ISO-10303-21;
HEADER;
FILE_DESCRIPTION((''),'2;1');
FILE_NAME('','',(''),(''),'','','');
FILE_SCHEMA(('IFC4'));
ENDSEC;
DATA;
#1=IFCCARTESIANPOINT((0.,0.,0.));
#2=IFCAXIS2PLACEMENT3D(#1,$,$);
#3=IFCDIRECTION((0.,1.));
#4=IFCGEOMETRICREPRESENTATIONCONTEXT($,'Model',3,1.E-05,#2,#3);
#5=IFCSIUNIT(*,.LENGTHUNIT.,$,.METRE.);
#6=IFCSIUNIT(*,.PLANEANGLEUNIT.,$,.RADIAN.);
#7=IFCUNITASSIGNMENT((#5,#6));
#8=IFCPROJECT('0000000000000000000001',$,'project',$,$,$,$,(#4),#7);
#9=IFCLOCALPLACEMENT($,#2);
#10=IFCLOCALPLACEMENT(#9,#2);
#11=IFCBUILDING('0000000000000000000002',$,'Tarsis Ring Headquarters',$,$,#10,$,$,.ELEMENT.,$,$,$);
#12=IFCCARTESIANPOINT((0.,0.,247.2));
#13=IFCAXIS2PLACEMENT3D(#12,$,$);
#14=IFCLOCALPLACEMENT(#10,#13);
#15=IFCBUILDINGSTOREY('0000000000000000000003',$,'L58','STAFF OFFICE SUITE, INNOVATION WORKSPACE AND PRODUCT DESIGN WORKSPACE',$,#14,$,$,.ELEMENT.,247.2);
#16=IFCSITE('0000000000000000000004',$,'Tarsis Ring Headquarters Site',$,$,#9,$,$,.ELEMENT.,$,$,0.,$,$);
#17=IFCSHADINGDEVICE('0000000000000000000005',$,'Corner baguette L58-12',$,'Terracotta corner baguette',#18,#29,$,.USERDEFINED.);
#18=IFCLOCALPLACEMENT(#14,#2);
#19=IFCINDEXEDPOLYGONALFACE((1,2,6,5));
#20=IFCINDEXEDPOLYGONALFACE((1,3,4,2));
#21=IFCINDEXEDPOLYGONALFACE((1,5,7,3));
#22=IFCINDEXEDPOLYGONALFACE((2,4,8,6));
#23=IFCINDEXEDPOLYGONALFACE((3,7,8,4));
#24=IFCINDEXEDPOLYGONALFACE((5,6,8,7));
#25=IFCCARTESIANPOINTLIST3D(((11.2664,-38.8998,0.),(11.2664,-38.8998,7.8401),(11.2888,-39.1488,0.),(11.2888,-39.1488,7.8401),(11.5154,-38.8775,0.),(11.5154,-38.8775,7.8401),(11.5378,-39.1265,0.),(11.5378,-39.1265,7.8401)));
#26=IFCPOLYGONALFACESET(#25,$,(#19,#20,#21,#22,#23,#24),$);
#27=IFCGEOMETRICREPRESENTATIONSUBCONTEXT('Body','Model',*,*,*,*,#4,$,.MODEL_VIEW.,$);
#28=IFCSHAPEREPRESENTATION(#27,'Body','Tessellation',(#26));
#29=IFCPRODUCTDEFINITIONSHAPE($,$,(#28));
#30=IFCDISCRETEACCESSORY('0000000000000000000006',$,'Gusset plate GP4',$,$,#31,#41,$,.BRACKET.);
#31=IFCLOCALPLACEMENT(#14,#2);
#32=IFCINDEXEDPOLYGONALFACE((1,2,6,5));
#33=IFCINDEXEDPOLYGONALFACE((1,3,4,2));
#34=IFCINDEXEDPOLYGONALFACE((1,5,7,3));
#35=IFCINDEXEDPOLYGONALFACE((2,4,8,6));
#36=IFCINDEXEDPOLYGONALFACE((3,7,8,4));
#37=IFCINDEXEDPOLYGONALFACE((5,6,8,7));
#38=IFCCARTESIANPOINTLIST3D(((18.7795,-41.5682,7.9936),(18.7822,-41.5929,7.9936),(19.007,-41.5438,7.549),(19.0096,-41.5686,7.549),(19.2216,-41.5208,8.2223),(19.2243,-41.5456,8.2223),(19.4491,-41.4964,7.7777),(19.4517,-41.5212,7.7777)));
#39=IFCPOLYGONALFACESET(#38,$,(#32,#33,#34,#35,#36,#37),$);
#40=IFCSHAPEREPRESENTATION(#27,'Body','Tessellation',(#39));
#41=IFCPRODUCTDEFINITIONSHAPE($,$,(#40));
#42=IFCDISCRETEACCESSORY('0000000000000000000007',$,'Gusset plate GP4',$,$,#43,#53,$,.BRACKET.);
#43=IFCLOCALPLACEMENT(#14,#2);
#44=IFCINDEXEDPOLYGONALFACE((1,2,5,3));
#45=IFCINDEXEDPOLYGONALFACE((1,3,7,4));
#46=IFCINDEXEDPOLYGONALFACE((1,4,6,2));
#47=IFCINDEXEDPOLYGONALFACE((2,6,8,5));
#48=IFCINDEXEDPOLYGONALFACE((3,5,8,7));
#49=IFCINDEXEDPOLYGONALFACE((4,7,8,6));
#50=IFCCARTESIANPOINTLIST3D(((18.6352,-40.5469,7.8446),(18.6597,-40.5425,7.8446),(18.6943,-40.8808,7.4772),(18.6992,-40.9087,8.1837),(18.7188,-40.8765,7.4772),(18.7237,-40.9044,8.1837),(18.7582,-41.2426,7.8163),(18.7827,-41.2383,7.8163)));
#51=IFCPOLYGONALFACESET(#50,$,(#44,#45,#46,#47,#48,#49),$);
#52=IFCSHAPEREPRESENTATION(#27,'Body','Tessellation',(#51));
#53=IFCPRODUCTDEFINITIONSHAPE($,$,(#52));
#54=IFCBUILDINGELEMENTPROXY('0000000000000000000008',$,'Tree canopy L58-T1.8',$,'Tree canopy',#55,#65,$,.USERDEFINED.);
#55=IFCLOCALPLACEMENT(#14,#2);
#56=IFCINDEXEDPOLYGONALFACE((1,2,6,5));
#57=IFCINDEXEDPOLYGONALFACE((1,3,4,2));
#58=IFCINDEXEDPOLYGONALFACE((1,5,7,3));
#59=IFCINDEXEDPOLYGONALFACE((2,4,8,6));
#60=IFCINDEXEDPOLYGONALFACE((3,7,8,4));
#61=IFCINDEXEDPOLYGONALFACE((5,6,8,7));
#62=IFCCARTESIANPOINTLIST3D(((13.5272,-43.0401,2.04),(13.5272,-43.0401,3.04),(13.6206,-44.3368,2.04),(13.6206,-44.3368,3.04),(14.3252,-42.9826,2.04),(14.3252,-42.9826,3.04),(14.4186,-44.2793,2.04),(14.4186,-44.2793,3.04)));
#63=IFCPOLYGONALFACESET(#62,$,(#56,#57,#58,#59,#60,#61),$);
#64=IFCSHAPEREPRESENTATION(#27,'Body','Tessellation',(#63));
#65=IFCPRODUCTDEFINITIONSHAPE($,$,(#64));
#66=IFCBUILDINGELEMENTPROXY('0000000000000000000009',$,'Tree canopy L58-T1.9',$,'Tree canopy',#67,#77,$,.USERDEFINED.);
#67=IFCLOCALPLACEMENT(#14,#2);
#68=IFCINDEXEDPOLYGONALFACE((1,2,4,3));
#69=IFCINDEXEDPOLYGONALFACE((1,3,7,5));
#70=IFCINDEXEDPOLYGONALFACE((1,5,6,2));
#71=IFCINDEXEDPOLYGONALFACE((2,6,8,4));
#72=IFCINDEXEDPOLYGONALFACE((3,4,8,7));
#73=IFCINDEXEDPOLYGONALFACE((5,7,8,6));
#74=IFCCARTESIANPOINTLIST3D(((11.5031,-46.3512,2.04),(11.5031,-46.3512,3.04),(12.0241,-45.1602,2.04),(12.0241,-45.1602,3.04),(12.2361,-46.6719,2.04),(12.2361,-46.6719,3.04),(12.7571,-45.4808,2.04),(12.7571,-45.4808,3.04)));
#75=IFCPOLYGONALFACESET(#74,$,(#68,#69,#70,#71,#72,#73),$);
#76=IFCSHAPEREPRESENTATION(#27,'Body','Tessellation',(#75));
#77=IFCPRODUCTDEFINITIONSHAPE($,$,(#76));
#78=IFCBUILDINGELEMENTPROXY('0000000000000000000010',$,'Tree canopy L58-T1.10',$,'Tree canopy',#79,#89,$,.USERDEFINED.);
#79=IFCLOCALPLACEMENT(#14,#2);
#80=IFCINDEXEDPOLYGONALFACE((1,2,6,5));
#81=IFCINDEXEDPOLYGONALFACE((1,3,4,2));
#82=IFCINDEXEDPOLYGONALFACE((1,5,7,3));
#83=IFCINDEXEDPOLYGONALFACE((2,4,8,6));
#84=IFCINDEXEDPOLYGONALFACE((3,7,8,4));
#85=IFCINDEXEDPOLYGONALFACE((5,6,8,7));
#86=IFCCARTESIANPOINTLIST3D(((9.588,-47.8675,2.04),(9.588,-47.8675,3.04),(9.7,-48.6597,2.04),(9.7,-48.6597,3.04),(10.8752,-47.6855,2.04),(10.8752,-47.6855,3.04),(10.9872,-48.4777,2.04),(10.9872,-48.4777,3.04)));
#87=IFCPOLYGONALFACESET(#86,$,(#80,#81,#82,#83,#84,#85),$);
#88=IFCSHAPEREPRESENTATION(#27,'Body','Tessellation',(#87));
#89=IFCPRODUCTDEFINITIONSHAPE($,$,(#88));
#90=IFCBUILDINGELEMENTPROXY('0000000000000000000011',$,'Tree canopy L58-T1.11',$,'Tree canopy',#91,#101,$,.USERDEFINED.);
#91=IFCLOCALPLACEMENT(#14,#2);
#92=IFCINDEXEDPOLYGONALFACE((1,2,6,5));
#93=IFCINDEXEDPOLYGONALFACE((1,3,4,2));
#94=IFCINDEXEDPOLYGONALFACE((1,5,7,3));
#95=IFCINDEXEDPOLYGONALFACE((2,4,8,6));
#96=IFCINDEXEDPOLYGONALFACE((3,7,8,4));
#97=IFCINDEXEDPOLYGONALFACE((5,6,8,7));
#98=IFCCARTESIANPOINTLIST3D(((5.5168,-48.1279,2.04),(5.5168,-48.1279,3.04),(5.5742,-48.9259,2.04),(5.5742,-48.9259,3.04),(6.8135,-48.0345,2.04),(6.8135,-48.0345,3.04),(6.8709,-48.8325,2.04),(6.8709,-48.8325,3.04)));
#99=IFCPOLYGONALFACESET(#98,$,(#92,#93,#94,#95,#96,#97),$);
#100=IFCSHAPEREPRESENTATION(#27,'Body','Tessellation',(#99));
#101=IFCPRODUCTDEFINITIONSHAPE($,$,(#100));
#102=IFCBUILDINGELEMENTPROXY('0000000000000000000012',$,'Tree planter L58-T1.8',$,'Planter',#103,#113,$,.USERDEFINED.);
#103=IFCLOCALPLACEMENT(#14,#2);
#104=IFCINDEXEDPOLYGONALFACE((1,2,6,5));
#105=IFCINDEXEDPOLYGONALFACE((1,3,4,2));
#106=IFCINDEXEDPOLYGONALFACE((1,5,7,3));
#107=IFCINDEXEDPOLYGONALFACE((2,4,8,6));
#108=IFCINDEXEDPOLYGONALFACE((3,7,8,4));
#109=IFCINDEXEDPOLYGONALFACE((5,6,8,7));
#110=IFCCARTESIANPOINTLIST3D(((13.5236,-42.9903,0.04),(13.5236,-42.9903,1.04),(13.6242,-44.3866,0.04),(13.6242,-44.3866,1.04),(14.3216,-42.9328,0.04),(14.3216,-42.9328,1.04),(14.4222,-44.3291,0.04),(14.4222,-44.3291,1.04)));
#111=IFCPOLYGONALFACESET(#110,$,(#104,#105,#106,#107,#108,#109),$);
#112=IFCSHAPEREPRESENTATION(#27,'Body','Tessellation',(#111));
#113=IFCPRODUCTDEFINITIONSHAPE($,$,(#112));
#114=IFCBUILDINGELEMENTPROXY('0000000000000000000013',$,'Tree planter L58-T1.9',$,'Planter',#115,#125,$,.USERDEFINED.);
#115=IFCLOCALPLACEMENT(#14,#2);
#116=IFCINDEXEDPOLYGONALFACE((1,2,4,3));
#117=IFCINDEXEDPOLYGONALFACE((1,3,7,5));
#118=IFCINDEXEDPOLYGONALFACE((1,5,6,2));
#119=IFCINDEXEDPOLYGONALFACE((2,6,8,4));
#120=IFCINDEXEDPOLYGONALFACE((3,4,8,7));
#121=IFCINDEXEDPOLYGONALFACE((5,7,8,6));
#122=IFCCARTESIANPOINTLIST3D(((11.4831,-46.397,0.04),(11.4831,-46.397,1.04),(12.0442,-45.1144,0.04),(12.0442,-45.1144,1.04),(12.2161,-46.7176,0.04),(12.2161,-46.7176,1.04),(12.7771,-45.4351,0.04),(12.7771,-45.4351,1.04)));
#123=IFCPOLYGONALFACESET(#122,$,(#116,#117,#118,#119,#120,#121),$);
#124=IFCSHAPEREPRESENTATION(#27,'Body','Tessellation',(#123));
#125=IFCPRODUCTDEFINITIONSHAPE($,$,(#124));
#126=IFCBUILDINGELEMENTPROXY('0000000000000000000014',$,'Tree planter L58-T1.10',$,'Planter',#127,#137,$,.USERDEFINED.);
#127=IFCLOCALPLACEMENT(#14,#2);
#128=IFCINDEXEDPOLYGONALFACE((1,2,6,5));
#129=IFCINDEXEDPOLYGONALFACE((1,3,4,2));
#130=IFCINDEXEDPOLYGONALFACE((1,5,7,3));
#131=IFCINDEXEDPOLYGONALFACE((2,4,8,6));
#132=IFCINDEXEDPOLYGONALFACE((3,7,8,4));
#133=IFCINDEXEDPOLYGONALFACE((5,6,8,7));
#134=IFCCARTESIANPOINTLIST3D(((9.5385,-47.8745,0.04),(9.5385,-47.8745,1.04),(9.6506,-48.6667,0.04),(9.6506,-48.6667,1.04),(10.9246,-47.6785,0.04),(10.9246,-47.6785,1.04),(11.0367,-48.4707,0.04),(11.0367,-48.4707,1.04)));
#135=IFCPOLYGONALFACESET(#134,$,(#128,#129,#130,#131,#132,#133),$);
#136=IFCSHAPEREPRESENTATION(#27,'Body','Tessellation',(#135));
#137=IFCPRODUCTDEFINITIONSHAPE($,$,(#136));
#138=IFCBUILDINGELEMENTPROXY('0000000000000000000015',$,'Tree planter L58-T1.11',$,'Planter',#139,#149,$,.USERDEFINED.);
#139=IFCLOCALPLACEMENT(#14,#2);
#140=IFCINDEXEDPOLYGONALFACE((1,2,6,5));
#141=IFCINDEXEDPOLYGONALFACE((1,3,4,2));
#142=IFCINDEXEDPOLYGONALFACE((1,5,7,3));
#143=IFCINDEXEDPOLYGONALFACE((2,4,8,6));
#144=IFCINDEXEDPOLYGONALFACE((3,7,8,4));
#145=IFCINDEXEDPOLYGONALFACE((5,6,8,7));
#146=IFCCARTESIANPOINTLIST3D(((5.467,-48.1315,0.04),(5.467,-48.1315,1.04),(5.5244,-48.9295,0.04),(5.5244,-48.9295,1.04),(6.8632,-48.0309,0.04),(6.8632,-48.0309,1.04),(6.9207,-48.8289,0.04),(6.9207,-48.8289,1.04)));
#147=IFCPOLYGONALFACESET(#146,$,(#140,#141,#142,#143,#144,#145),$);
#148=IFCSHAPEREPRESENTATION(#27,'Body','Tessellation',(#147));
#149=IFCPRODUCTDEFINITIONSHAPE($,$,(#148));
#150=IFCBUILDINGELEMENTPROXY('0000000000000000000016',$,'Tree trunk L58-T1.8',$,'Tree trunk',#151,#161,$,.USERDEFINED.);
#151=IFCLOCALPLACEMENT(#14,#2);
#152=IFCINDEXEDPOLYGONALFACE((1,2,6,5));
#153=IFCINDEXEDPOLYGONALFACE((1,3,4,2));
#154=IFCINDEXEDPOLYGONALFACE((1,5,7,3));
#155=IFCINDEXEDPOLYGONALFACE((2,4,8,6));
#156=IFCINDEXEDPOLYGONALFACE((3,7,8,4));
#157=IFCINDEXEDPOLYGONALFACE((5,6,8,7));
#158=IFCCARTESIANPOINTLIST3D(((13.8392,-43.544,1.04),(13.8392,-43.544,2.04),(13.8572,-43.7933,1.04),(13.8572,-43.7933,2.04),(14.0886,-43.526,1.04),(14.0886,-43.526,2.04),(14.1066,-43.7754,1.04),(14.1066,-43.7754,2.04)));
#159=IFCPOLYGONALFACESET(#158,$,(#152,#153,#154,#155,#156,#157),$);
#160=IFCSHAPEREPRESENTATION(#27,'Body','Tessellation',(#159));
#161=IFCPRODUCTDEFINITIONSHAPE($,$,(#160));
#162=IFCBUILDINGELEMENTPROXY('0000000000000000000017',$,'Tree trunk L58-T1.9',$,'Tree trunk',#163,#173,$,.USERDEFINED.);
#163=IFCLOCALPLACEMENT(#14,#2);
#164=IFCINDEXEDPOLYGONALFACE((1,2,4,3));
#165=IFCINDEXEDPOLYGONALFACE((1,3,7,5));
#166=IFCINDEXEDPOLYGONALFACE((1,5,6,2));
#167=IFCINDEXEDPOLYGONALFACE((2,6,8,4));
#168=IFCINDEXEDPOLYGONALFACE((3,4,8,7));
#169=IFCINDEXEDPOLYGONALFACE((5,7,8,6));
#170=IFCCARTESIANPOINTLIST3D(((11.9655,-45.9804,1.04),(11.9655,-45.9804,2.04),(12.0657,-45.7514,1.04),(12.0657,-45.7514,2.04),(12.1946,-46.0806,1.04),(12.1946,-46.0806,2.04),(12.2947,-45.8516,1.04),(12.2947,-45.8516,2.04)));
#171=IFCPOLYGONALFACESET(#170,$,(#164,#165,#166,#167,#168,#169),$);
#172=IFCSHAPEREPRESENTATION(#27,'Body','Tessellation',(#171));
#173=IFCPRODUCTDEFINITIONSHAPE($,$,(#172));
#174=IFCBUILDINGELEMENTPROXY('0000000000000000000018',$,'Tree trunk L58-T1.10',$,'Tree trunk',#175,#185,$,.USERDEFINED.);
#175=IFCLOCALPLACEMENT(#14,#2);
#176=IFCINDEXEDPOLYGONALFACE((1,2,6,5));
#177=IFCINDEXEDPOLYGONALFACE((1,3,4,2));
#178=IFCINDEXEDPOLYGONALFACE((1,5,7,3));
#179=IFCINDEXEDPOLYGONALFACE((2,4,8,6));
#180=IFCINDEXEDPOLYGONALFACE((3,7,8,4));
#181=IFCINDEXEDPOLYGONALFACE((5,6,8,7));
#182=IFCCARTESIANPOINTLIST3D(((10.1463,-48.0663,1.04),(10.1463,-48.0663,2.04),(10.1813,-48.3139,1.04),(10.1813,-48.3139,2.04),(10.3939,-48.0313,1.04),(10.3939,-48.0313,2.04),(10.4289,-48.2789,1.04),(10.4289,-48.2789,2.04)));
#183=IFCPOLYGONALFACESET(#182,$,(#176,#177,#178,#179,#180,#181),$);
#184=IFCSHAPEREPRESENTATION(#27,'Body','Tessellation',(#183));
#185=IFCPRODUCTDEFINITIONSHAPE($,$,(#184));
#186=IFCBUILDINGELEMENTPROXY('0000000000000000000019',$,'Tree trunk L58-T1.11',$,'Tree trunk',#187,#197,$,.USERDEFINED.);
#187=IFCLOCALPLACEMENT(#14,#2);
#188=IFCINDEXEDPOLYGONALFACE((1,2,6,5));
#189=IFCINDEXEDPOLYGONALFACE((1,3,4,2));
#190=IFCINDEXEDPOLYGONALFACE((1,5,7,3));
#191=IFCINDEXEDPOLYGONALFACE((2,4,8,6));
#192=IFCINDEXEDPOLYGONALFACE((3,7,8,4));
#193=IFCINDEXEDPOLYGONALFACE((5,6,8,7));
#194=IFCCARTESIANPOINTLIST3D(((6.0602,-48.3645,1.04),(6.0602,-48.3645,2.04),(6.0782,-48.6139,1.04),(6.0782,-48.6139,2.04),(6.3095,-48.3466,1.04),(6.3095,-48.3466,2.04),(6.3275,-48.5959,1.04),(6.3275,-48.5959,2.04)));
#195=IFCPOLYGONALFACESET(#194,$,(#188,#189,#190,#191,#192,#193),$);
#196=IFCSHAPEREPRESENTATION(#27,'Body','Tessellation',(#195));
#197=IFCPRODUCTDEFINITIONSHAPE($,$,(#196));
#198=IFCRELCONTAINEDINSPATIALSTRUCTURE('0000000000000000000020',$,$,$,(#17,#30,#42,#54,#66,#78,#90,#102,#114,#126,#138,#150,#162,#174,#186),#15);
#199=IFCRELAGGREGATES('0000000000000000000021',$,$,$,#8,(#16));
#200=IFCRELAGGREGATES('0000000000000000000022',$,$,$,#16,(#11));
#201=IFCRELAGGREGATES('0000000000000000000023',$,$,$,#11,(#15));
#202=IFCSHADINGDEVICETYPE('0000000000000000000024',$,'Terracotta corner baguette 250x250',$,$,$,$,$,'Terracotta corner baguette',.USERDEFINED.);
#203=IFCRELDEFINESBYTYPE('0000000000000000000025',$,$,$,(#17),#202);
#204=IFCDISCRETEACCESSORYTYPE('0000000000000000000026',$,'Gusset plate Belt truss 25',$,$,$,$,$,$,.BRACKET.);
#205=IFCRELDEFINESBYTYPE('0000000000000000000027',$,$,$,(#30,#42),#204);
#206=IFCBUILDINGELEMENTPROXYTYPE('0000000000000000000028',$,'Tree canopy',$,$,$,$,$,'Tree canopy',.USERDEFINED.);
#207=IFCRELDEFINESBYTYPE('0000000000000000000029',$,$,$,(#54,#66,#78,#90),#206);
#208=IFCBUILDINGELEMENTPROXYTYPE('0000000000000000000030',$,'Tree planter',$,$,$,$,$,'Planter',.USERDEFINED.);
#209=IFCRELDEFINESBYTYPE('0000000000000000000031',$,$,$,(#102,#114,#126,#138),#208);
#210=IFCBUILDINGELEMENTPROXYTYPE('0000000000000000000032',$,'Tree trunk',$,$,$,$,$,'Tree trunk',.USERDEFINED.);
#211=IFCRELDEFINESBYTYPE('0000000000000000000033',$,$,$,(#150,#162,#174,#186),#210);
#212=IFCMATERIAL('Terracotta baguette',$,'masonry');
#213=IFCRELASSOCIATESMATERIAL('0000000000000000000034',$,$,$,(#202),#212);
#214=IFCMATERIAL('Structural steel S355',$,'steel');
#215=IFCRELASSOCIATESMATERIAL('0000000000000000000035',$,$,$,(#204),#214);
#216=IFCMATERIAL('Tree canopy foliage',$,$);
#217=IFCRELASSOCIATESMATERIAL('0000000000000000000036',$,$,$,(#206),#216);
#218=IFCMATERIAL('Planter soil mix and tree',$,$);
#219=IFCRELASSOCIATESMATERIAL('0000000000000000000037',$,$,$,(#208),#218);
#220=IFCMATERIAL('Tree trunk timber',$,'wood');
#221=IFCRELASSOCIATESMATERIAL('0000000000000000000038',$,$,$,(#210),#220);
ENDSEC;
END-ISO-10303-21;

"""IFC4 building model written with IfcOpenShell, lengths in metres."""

from ifc_helpers import new_model, si_unit, direction, frame, origin, origin_2d, place, context, subcontext, project, spatial, rectangle, extrude, material, material_profile, profile_set, type_object, element, save


model = new_model("IFC4")

# Units and contexts
model_context = context("Model", 3, precision=1e-05, world=origin(), true_north=direction((0.0, 1.0)))
body_context = subcontext(model_context, "Body", "Model", "MODEL_VIEW")
ifc_project = project(units=[si_unit("LENGTHUNIT", "METRE"), si_unit("PLANEANGLEUNIT", "RADIAN")], contexts=[model_context])

# Site, building, storey
site_placement = place(None, origin())
site = spatial("IfcSite", under=ifc_project, at=site_placement, Name="Tarsis Ring Headquarters Site", CompositionType="ELEMENT", RefElevation=0.0)
building_placement = place(site_placement, origin())
building = spatial("IfcBuilding", under=site, at=building_placement, Name="Tarsis Ring Headquarters", CompositionType="ELEMENT")
storey_placement = place(building_placement, frame((0.0, 0.0, 247.2)))
storey = spatial("IfcBuildingStorey", under=building, at=storey_placement, Name="L58", Description="STAFF OFFICE SUITE, INNOVATION WORKSPACE AND PRODUCT DESIGN WORKSPACE", CompositionType="ELEMENT", Elevation=247.2)

# Shared definitions
ifc_material_1 = material(Name="Structural steel S355", Category="steel")

# Shading device
ifc_material_2 = material(Name="Terracotta baguette", Category="masonry")
shading_device_type_1 = type_object("IfcShadingDeviceType", Name="Terracotta corner baguette 250x250", ElementType="Terracotta corner baguette", PredefinedType="USERDEFINED", material=ifc_material_2)
shading_device_1_placement = place(storey_placement, frame((11.4021, -39.0132, 0.0), z_axis=(0.0, 0.0, 1.0), x_axis=(0.99601, 0.089242, 0.0)))
element("IfcShadingDevice", 1, at=shading_device_1_placement, inside=storey, type_object=shading_device_type_1, Name="Corner baguette L58-12", ObjectType="Terracotta corner baguette", PredefinedType="USERDEFINED", context=body_context, shape_type="SweptSolid", body=[
    extrude(rectangle(XDim=0.25, YDim=0.25, at=origin_2d()), origin(), (0.0, 0.0, 1.0), 7.8401),
])

# Discrete accessories
ifc_material_profile_1 = material_profile(ifc_material_1, rectangle(XDim=0.0249, YDim=0.5, at=origin_2d()), Name="PL 25x500")
ifc_profile_set_1 = profile_set([ifc_material_profile_1], Name="Structural steel S355")
discrete_accessory_type = type_object("IfcDiscreteAccessoryType", Name="Gusset plate Belt truss 25", PredefinedType="BRACKET", material=ifc_profile_set_1)
for number, where, z_axis, x_axis, name in (
    (2, (19.3367, -41.521, 8.0), (-0.88417, -0.094715, -0.457464), (0.106514, -0.994311, 0.0), "Gusset plate GP4"),
    (3, (18.741, -41.0735, 8.0), (-0.12793, 0.723634, -0.678224), (-0.98473, -0.174089, 0.0), "Gusset plate GP4"),
):
    element("IfcDiscreteAccessory", number, at=place(storey_placement, frame(where, z_axis=z_axis, x_axis=x_axis)), inside=storey, type_object=discrete_accessory_type, Name=name, PredefinedType="BRACKET", context=body_context, shape_type="SweptSolid", body=[
        extrude(rectangle(XDim=0.0249, YDim=0.5, at=origin_2d()), origin(), (0.0, 0.0, 1.0), 0.5),
    ])

# Building element proxies
ifc_material_3 = material(Name="Tree canopy foliage")
building_element_proxy_type_1 = type_object("IfcBuildingElementProxyType", Name="Tree canopy", ElementType="Tree canopy", PredefinedType="USERDEFINED", material=ifc_material_3)
for number, where, z_axis, x_axis, name in (
    (4, (13.9729, -43.6597, 2.04), (0.0, 0.0, 1.0), (0.071846, -0.997416, 0.0), "Tree canopy L58-T1.8"),
    (5, (12.1301, -45.916, 2.04), (0.0, 0.0, 1.0), (-0.400772, -0.916178, 0.0), "Tree canopy L58-T1.9"),
    (6, (10.2876, -48.1726, 2.04), (0.0, 0.0, 1.0), (-0.990149, -0.140018, 0.0), "Tree canopy L58-T1.10"),
    (7, (6.1938, -48.4802, 2.04), (0.0, 0.0, 1.0), (-0.997416, -0.071846, 0.0), "Tree canopy L58-T1.11"),
):
    element("IfcBuildingElementProxy", number, at=place(storey_placement, frame(where, z_axis=z_axis, x_axis=x_axis)), inside=storey, type_object=building_element_proxy_type_1, Name=name, ObjectType="Tree canopy", PredefinedType="USERDEFINED", context=body_context, shape_type="SweptSolid", body=[
        extrude(rectangle(XDim=1.3, YDim=0.8, at=origin_2d()), origin(), (0.0, 0.0, 1.0), 1.0),
    ])
ifc_material_4 = material(Name="Planter soil mix and tree")
building_element_proxy_type_2 = type_object("IfcBuildingElementProxyType", Name="Tree planter", ElementType="Planter", PredefinedType="USERDEFINED", material=ifc_material_4)
for number, where, z_axis, x_axis, name in (
    (8, (13.9729, -43.6597, 0.04), (0.0, 0.0, 1.0), (0.071846, -0.997416, 0.0), "Tree planter L58-T1.8"),
    (9, (12.1301, -45.916, 0.04), (0.0, 0.0, 1.0), (-0.400772, -0.916178, 0.0), "Tree planter L58-T1.9"),
    (10, (10.2876, -48.1726, 0.04), (0.0, 0.0, 1.0), (-0.990149, -0.140018, 0.0), "Tree planter L58-T1.10"),
    (11, (6.1938, -48.4802, 0.04), (0.0, 0.0, 1.0), (-0.997416, -0.071846, 0.0), "Tree planter L58-T1.11"),
):
    element("IfcBuildingElementProxy", number, at=place(storey_placement, frame(where, z_axis=z_axis, x_axis=x_axis)), inside=storey, type_object=building_element_proxy_type_2, Name=name, ObjectType="Planter", PredefinedType="USERDEFINED", context=body_context, shape_type="SweptSolid", body=[
        extrude(rectangle(XDim=1.3999, YDim=0.8, at=origin_2d()), origin(), (0.0, 0.0, 1.0), 1.0),
    ])
ifc_material_5 = material(Name="Tree trunk timber", Category="wood")
building_element_proxy_type_3 = type_object("IfcBuildingElementProxyType", Name="Tree trunk", ElementType="Tree trunk", PredefinedType="USERDEFINED", material=ifc_material_5)
for number, where, z_axis, x_axis, name in (
    (12, (13.9729, -43.6597, 1.04), (0.0, 0.0, 1.0), (0.071846, -0.997416, 0.0), "Tree trunk L58-T1.8"),
    (13, (12.1301, -45.916, 1.04), (0.0, 0.0, 1.0), (-0.400772, -0.916178, 0.0), "Tree trunk L58-T1.9"),
    (14, (10.2876, -48.1726, 1.04), (0.0, 0.0, 1.0), (-0.990149, -0.140018, 0.0), "Tree trunk L58-T1.10"),
    (15, (6.1938, -48.4802, 1.04), (0.0, 0.0, 1.0), (-0.997416, -0.071846, 0.0), "Tree trunk L58-T1.11"),
):
    element("IfcBuildingElementProxy", number, at=place(storey_placement, frame(where, z_axis=z_axis, x_axis=x_axis)), inside=storey, type_object=building_element_proxy_type_3, Name=name, ObjectType="Tree trunk", PredefinedType="USERDEFINED", context=body_context, shape_type="SweptSolid", body=[
        extrude(rectangle(XDim=0.25, YDim=0.25, at=origin_2d()), origin(), (0.0, 0.0, 1.0), 1.0),
    ])

save(model, "model.ifc")
